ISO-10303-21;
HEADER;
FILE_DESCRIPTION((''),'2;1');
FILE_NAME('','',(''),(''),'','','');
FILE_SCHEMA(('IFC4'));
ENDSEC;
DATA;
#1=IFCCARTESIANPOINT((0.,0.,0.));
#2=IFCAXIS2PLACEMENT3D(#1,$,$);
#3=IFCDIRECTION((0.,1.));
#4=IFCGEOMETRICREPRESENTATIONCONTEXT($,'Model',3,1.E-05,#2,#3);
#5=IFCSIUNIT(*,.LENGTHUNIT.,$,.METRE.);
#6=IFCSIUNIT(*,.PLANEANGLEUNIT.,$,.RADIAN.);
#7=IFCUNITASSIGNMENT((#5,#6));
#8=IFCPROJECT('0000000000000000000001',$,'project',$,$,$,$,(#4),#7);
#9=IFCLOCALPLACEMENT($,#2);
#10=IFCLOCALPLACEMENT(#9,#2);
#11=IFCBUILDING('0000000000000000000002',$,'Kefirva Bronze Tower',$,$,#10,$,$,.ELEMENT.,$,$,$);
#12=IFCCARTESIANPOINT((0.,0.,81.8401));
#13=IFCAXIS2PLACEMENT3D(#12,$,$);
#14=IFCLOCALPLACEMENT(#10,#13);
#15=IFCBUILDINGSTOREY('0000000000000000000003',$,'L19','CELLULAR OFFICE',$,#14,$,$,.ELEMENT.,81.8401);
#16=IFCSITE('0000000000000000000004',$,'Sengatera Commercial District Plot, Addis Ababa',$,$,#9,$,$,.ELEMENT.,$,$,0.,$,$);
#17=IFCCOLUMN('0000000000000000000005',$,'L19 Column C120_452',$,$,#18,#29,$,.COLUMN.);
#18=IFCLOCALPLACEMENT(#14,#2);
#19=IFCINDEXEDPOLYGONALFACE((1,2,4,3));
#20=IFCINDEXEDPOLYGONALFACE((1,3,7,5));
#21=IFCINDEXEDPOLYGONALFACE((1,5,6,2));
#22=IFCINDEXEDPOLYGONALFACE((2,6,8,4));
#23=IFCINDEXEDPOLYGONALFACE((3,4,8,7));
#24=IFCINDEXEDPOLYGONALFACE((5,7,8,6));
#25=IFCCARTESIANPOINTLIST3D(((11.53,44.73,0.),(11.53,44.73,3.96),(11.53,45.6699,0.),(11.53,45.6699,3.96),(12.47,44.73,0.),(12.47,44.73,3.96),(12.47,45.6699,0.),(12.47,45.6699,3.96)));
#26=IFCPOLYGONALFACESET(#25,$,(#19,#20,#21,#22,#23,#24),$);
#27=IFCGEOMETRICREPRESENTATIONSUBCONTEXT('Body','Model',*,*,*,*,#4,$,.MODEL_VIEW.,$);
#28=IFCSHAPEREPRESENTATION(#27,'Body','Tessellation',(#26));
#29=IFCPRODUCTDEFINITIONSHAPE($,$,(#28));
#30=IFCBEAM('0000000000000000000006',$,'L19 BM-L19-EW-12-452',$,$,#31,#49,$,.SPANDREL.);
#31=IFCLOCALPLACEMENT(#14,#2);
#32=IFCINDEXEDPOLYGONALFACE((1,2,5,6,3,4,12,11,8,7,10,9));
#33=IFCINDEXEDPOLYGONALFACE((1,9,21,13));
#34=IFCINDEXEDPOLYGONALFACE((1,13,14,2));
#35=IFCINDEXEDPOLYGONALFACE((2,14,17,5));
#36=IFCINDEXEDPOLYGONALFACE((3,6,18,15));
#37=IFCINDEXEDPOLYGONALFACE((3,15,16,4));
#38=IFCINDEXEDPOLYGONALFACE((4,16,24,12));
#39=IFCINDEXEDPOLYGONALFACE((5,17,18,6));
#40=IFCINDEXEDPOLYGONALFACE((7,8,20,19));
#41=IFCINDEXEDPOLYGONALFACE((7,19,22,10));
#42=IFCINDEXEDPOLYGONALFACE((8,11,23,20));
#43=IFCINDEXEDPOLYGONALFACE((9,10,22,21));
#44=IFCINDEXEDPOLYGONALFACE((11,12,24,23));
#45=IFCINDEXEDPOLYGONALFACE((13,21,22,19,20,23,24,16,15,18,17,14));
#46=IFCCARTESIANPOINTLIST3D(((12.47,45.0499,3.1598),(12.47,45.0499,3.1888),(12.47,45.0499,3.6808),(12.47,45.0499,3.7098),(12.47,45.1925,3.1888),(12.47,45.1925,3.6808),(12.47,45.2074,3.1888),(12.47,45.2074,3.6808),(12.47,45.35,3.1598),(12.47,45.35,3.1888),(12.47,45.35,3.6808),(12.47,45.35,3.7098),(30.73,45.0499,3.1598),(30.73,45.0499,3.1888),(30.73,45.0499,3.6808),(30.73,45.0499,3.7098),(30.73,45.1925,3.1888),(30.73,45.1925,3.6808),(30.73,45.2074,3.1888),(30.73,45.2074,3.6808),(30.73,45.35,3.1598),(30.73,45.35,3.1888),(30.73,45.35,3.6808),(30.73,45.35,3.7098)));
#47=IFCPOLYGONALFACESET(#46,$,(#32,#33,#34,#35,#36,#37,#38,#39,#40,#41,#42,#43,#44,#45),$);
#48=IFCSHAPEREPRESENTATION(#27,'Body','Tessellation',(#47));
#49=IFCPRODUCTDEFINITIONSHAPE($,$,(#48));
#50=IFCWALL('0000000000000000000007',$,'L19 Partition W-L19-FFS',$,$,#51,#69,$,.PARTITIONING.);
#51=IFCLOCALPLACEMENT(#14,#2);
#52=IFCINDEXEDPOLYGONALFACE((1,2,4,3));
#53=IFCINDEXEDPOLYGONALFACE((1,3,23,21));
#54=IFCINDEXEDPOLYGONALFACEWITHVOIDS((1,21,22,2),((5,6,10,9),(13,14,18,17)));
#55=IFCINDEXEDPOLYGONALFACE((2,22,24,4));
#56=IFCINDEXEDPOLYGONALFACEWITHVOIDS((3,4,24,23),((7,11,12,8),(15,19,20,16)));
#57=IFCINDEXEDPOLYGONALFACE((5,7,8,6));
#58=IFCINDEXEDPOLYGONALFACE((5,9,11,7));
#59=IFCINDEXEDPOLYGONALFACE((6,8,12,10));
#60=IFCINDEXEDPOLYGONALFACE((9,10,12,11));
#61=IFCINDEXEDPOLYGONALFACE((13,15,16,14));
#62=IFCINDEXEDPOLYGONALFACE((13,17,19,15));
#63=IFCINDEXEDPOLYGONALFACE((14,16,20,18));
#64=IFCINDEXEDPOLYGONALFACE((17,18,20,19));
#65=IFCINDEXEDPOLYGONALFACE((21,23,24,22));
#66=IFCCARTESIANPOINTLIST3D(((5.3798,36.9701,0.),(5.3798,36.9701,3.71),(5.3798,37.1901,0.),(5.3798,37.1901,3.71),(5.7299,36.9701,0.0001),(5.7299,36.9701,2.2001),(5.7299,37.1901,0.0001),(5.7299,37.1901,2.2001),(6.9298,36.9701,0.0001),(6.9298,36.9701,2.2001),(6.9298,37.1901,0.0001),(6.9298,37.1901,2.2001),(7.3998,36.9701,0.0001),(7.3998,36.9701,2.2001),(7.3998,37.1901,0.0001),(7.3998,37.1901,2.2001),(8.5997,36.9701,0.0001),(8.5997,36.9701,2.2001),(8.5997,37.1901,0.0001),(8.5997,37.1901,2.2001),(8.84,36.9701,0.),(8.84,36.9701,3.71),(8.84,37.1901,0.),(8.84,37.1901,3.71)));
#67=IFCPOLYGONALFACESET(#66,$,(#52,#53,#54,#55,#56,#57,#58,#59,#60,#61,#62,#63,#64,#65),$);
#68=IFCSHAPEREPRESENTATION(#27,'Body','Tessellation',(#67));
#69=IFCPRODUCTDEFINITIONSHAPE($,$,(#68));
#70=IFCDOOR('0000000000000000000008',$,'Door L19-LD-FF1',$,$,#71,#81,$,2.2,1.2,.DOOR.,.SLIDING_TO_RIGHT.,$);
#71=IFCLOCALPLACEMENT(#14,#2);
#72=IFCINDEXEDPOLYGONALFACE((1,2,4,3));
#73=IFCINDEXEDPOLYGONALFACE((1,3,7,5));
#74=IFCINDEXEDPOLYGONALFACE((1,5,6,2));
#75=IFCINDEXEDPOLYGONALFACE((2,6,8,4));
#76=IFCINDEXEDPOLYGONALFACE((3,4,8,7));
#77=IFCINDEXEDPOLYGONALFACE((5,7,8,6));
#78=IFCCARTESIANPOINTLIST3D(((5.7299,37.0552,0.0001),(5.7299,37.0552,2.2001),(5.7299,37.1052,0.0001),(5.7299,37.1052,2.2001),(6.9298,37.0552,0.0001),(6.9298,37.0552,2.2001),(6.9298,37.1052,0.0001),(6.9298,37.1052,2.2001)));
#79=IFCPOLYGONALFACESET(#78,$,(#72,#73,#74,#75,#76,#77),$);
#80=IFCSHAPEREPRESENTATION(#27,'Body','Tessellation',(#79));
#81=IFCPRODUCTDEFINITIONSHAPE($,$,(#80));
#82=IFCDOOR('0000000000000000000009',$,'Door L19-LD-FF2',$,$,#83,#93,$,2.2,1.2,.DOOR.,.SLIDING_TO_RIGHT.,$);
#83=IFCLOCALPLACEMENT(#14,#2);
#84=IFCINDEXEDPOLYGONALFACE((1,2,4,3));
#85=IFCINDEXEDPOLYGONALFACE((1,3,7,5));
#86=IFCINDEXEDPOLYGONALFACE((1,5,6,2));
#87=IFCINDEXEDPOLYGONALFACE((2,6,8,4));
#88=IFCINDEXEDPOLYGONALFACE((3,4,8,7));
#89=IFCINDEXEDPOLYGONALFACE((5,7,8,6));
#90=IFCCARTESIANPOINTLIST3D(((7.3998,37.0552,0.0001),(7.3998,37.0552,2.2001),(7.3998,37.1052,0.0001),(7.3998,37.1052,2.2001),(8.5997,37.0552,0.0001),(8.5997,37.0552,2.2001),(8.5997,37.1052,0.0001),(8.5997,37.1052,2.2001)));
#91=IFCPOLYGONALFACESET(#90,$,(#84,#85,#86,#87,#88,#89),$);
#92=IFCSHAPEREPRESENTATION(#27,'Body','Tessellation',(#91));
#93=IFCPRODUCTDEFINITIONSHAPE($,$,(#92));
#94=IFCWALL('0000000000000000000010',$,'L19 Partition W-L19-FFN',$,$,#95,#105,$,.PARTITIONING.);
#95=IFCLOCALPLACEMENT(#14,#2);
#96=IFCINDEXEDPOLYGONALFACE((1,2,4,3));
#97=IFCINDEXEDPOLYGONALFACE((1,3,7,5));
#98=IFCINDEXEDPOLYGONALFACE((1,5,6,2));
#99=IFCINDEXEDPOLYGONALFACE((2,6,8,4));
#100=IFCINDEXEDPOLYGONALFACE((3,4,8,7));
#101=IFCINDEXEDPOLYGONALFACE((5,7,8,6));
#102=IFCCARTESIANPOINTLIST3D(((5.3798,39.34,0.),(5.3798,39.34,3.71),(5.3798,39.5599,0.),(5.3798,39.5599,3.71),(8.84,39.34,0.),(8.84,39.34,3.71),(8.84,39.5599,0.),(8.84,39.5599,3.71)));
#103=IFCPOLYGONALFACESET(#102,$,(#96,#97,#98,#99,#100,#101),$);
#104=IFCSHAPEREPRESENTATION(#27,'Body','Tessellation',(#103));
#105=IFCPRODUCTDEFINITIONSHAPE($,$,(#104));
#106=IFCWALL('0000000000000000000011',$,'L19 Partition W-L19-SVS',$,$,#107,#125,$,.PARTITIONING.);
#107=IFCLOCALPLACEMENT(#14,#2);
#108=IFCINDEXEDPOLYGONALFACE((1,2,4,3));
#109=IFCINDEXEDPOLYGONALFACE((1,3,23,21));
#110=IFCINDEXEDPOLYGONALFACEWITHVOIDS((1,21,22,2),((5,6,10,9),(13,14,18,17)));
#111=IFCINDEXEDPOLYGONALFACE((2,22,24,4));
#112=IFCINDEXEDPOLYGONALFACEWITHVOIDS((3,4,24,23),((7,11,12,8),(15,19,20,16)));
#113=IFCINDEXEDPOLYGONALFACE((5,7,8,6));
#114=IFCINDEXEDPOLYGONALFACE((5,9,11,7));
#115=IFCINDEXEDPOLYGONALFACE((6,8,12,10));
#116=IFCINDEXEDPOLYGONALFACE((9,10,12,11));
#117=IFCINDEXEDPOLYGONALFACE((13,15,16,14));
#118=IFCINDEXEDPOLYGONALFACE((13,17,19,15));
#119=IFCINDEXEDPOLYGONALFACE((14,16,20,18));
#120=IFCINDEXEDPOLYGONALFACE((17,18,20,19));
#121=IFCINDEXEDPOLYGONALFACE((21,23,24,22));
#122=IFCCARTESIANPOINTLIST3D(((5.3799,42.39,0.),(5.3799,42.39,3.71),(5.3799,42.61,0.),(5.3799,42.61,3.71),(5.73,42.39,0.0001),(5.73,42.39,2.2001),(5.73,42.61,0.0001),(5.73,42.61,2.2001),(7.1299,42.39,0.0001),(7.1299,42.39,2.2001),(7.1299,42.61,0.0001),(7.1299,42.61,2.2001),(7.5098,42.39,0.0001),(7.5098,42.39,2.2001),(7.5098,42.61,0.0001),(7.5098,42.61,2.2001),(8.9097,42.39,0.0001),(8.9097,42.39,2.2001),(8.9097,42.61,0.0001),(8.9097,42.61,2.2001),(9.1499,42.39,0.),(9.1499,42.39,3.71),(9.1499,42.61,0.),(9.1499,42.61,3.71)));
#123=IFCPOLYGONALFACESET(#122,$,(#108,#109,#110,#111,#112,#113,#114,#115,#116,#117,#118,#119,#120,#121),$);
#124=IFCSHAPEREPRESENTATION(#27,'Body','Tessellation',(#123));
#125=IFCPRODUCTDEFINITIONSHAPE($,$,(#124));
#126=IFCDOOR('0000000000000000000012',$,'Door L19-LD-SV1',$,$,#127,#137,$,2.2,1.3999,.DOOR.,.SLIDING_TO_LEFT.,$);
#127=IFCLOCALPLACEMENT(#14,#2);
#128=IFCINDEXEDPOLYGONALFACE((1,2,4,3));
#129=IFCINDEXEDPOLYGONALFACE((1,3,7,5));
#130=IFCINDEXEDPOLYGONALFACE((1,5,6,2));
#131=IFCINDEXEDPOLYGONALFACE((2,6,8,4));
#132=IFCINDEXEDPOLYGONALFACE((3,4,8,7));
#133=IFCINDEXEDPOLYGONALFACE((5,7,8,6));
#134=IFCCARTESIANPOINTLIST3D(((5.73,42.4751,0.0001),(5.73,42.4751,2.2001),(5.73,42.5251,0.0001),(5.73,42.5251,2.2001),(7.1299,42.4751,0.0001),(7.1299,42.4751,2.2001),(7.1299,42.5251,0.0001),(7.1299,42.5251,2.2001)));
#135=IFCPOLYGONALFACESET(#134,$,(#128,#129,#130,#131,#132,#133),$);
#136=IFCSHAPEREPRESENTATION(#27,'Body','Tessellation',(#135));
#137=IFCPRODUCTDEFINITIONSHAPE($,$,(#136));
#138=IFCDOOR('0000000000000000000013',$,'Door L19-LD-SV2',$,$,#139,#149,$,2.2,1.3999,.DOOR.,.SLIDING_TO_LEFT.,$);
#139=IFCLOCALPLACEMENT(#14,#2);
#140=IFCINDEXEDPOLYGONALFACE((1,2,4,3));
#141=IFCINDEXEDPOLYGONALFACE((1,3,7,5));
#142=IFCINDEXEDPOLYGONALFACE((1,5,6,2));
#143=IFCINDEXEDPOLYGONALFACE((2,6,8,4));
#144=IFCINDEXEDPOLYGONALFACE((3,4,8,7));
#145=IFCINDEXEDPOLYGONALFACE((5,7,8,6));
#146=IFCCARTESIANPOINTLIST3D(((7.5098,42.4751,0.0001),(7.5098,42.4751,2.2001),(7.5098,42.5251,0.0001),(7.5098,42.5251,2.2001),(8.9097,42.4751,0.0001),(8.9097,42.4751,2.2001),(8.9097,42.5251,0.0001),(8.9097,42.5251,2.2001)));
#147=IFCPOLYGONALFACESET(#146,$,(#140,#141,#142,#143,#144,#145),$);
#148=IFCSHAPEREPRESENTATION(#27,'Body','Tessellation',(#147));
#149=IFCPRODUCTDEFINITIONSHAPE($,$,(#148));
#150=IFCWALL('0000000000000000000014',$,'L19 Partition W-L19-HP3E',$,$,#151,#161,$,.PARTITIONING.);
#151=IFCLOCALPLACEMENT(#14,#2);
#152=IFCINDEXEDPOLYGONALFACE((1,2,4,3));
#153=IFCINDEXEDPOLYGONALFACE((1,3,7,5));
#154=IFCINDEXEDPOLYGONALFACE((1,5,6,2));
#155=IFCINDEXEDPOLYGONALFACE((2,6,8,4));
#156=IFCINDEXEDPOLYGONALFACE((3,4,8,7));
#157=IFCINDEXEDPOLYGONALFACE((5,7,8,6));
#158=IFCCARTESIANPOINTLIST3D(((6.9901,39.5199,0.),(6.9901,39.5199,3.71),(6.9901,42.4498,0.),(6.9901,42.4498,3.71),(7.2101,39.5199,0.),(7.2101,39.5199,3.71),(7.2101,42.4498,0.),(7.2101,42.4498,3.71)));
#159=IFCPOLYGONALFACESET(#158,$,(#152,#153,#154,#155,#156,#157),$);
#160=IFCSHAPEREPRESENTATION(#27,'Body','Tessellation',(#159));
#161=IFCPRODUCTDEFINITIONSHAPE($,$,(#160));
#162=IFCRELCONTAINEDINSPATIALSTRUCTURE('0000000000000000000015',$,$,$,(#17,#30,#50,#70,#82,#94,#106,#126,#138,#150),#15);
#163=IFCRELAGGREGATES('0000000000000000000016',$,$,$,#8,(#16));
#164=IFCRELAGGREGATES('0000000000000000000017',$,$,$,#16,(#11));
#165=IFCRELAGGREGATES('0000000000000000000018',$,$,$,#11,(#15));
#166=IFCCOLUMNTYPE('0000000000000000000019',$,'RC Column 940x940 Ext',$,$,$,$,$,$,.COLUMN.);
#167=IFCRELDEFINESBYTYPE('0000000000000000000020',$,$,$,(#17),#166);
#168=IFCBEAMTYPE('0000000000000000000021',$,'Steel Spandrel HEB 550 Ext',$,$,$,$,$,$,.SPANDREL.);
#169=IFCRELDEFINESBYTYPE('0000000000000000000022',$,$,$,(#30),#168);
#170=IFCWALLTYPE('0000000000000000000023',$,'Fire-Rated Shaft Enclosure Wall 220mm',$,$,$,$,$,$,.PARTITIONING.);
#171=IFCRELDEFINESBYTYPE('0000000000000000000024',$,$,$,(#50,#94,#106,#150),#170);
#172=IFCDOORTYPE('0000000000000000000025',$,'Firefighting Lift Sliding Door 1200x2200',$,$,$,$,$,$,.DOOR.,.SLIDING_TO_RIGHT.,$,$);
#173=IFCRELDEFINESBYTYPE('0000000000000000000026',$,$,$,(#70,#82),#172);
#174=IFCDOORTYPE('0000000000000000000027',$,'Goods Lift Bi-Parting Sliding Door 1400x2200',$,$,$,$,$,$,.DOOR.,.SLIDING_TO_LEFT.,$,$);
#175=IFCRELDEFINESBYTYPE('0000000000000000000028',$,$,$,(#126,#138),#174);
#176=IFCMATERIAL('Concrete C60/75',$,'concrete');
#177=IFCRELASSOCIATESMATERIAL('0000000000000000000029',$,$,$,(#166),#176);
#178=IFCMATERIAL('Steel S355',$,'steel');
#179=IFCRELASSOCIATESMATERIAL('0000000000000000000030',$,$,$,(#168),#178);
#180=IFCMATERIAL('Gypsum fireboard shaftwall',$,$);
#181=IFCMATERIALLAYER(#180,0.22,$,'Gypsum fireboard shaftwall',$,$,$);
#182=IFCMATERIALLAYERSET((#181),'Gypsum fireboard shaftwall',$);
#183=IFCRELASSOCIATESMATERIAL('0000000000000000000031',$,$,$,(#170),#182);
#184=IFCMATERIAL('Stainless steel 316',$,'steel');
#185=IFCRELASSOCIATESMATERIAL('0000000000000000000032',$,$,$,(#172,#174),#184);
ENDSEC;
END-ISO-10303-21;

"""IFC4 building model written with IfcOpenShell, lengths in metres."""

from ifc_helpers import new_model, si_unit, direction, frame, frame_2d, origin, origin_2d, place, context, subcontext, project, spatial, rectangle, i_section, extrude, material, layer, layer_set, material_profile, profile_set, type_object, element, fill, save


model = new_model("IFC4")

# Units and contexts
model_context = context("Model", 3, precision=1e-05, world=origin(), true_north=direction((0.0, 1.0)))
body_context = subcontext(model_context, "Body", "Model", "MODEL_VIEW")
ifc_project = project(units=[si_unit("LENGTHUNIT", "METRE"), si_unit("PLANEANGLEUNIT", "RADIAN")], contexts=[model_context])

# Site, building, storey
site_placement = place(None, origin())
site = spatial("IfcSite", under=ifc_project, at=site_placement, Name="Sengatera Commercial District Plot, Addis Ababa", CompositionType="ELEMENT", RefElevation=0.0)
building_placement = place(site_placement, origin())
building = spatial("IfcBuilding", under=site, at=building_placement, Name="Kefirva Bronze Tower", CompositionType="ELEMENT")
storey_placement = place(building_placement, frame((0.0, 0.0, 81.8401)))
storey = spatial("IfcBuildingStorey", under=building, at=storey_placement, Name="L19", Description="CELLULAR OFFICE", CompositionType="ELEMENT", Elevation=81.8401)

# Column
ifc_material_1 = material(Name="Concrete C60/75", Category="concrete")
ifc_material_profile_1 = material_profile(ifc_material_1, rectangle(XDim=0.9399, YDim=0.9399, at=origin_2d()), Name="RC 940x940")
ifc_profile_set_1 = profile_set([ifc_material_profile_1], Name="Concrete C60/75")
column_type = type_object("IfcColumnType", Name="RC Column 940x940 Ext", PredefinedType="COLUMN", material=ifc_profile_set_1)
column_placement = place(storey_placement, frame((12.0, 45.2, 0.0), z_axis=(0.0, 0.0, 1.0), x_axis=(1.0, 0.0, 0.0)))
element("IfcColumn", 1, at=column_placement, inside=storey, type_object=column_type, Name="L19 Column C120_452", PredefinedType="COLUMN", context=body_context, shape_type="SweptSolid", body=[
    extrude(rectangle(XDim=0.9399, YDim=0.9399, at=origin_2d()), origin(), (0.0, 0.0, 1.0), 3.96),
])

# Beam
ifc_material_2 = material(Name="Steel S355", Category="steel")
ifc_material_profile_2 = material_profile(ifc_material_2, i_section(OverallWidth=0.3, OverallDepth=0.55, WebThickness=0.0149, FlangeThickness=0.0291, at=origin_2d()), Name="HEB 550")
ifc_profile_set_2 = profile_set([ifc_material_profile_2], Name="Steel S355")
beam_type = type_object("IfcBeamType", Name="Steel Spandrel HEB 550 Ext", PredefinedType="SPANDREL", material=ifc_profile_set_2)
beam_placement = place(storey_placement, frame((12.47, 45.2, 3.4348), z_axis=(1.0, 0.0, 0.0), x_axis=(0.0, 1.0, 0.0)))
element("IfcBeam", 2, at=beam_placement, inside=storey, type_object=beam_type, Name="L19 BM-L19-EW-12-452", PredefinedType="SPANDREL", context=body_context, shape_type="SweptSolid", body=[
    extrude(i_section(OverallWidth=0.3, OverallDepth=0.55, WebThickness=0.0149, FlangeThickness=0.0291, at=origin_2d()), origin(), (0.0, 0.0, 1.0), 18.26),
])

# Wall, openings, doors
ifc_material_3 = material(Name="Gypsum fireboard shaftwall")
ifc_layer_1 = layer(ifc_material_3, 0.22, Name="Gypsum fireboard shaftwall")
ifc_layer_set_1 = layer_set([ifc_layer_1], Name="Gypsum fireboard shaftwall")
wall_type_1 = type_object("IfcWallType", Name="Fire-Rated Shaft Enclosure Wall 220mm", PredefinedType="PARTITIONING", material=ifc_layer_set_1)
wall_1_placement = place(storey_placement, frame((5.3799, 37.0801, 0.0), z_axis=(0.0, 0.0, 1.0), x_axis=(1.0, 0.0, 0.0)))
wall_1 = element("IfcWall", 3, at=wall_1_placement, inside=storey, type_object=wall_type_1, Name="L19 Partition W-L19-FFS", PredefinedType="PARTITIONING", context=body_context, shape_type="SweptSolid", body=[
    extrude(rectangle(XDim=3.4602, YDim=0.22, at=frame_2d((1.73, 0.0))), origin(), (0.0, 0.0, 1.0), 3.71),
])
opening_1_placement = place(wall_1_placement, frame((1.55, 0.0, 0.0), z_axis=(0.0, 0.0, 1.0), x_axis=(-1.0, 0.0, 0.0)))
opening_1 = element("IfcOpeningElement", 4, at=opening_1_placement, cuts=wall_1, PredefinedType="OPENING", context=body_context, shape_type="SweptSolid", body=[
    extrude(rectangle(XDim=1.2, YDim=2.2, at=frame_2d((0.6001, 1.1001))), frame((0.0, 0.1201, 0.0), z_axis=(0.0, -1.0, 0.0), x_axis=(1.0, 0.0, 0.0)), (0.0, 0.0, 1.0), 0.24),
])
opening_2_placement = place(wall_1_placement, frame((3.22, 0.0, 0.0), z_axis=(0.0, 0.0, 1.0), x_axis=(-1.0, 0.0, 0.0)))
opening_2 = element("IfcOpeningElement", 5, at=opening_2_placement, cuts=wall_1, PredefinedType="OPENING", context=body_context, shape_type="SweptSolid", body=[
    extrude(rectangle(XDim=1.2, YDim=2.2, at=frame_2d((0.6001, 1.1001))), frame((0.0, 0.1201, 0.0), z_axis=(0.0, -1.0, 0.0), x_axis=(1.0, 0.0, 0.0)), (0.0, 0.0, 1.0), 0.24),
])
ifc_material_4 = material(Name="Stainless steel 316", Category="steel")
door_type_1 = type_object("IfcDoorType", Name="Firefighting Lift Sliding Door 1200x2200", OperationType="SLIDING_TO_RIGHT", PredefinedType="DOOR", material=ifc_material_4)
door_1_placement = place(opening_1_placement, origin())
door_1 = element("IfcDoor", 6, at=door_1_placement, inside=storey, type_object=door_type_1, Name="Door L19-LD-FF1", OperationType="SLIDING_TO_RIGHT", OverallHeight=2.2, OverallWidth=1.2, PredefinedType="DOOR", context=body_context, shape_type="SweptSolid", body=[
    extrude(rectangle(XDim=1.2, YDim=2.2, at=frame_2d((0.6001, 1.1001))), frame((0.0, 0.0249, 0.0), z_axis=(0.0, -1.0, 0.0), x_axis=(1.0, 0.0, 0.0)), (0.0, 0.0, 1.0), 0.05),
])
fill(opening_1, door_1)
door_2_placement = place(opening_2_placement, origin())
door_2 = element("IfcDoor", 7, at=door_2_placement, inside=storey, type_object=door_type_1, Name="Door L19-LD-FF2", OperationType="SLIDING_TO_RIGHT", OverallHeight=2.2, OverallWidth=1.2, PredefinedType="DOOR", context=body_context, shape_type="SweptSolid", body=[
    extrude(rectangle(XDim=1.2, YDim=2.2, at=frame_2d((0.6001, 1.1001))), frame((0.0, 0.0249, 0.0), z_axis=(0.0, -1.0, 0.0), x_axis=(1.0, 0.0, 0.0)), (0.0, 0.0, 1.0), 0.05),
])
fill(opening_2, door_2)

# Wall
wall_2_placement = place(storey_placement, frame((5.3799, 39.45, 0.0), z_axis=(0.0, 0.0, 1.0), x_axis=(1.0, 0.0, 0.0)))
element("IfcWall", 8, at=wall_2_placement, inside=storey, type_object=wall_type_1, Name="L19 Partition W-L19-FFN", PredefinedType="PARTITIONING", context=body_context, shape_type="SweptSolid", body=[
    extrude(rectangle(XDim=3.4602, YDim=0.22, at=frame_2d((1.73, 0.0))), origin(), (0.0, 0.0, 1.0), 3.71),
])

# Wall, openings, doors
wall_3_placement = place(storey_placement, frame((5.3799, 42.5, 0.0), z_axis=(0.0, 0.0, 1.0), x_axis=(1.0, 0.0, 0.0)))
wall_3 = element("IfcWall", 9, at=wall_3_placement, inside=storey, type_object=wall_type_1, Name="L19 Partition W-L19-SVS", PredefinedType="PARTITIONING", context=body_context, shape_type="SweptSolid", body=[
    extrude(rectangle(XDim=3.77, YDim=0.22, at=frame_2d((1.885, 0.0))), origin(), (0.0, 0.0, 1.0), 3.71),
])
opening_3_placement = place(wall_3_placement, frame((1.75, 0.0, 0.0), z_axis=(0.0, 0.0, 1.0), x_axis=(-1.0, 0.0, 0.0)))
opening_3 = element("IfcOpeningElement", 10, at=opening_3_placement, cuts=wall_3, PredefinedType="OPENING", context=body_context, shape_type="SweptSolid", body=[
    extrude(rectangle(XDim=1.3999, YDim=2.2, at=frame_2d((0.7, 1.1001))), frame((0.0, 0.1201, 0.0), z_axis=(0.0, -1.0, 0.0), x_axis=(1.0, 0.0, 0.0)), (0.0, 0.0, 1.0), 0.24),
])
opening_4_placement = place(wall_3_placement, frame((3.5298, 0.0, 0.0), z_axis=(0.0, 0.0, 1.0), x_axis=(-1.0, 0.0, 0.0)))
opening_4 = element("IfcOpeningElement", 11, at=opening_4_placement, cuts=wall_3, PredefinedType="OPENING", context=body_context, shape_type="SweptSolid", body=[
    extrude(rectangle(XDim=1.3999, YDim=2.2, at=frame_2d((0.7, 1.1001))), frame((0.0, 0.1201, 0.0), z_axis=(0.0, -1.0, 0.0), x_axis=(1.0, 0.0, 0.0)), (0.0, 0.0, 1.0), 0.24),
])
door_type_2 = type_object("IfcDoorType", Name="Goods Lift Bi-Parting Sliding Door 1400x2200", OperationType="SLIDING_TO_LEFT", PredefinedType="DOOR", material=ifc_material_4)
door_3_placement = place(opening_3_placement, origin())
door_3 = element("IfcDoor", 12, at=door_3_placement, inside=storey, type_object=door_type_2, Name="Door L19-LD-SV1", OperationType="SLIDING_TO_LEFT", OverallHeight=2.2, OverallWidth=1.3999, PredefinedType="DOOR", context=body_context, shape_type="SweptSolid", body=[
    extrude(rectangle(XDim=1.3999, YDim=2.2, at=frame_2d((0.7, 1.1001))), frame((0.0, 0.0249, 0.0), z_axis=(0.0, -1.0, 0.0), x_axis=(1.0, 0.0, 0.0)), (0.0, 0.0, 1.0), 0.05),
])
fill(opening_3, door_3)
door_4_placement = place(opening_4_placement, origin())
door_4 = element("IfcDoor", 13, at=door_4_placement, inside=storey, type_object=door_type_2, Name="Door L19-LD-SV2", OperationType="SLIDING_TO_LEFT", OverallHeight=2.2, OverallWidth=1.3999, PredefinedType="DOOR", context=body_context, shape_type="SweptSolid", body=[
    extrude(rectangle(XDim=1.3999, YDim=2.2, at=frame_2d((0.7, 1.1001))), frame((0.0, 0.0249, 0.0), z_axis=(0.0, -1.0, 0.0), x_axis=(1.0, 0.0, 0.0)), (0.0, 0.0, 1.0), 0.05),
])
fill(opening_4, door_4)

# Wall
wall_4_placement = place(storey_placement, frame((7.1001, 39.52, 0.0), z_axis=(0.0, 0.0, 1.0), x_axis=(0.0, 1.0, 0.0)))
element("IfcWall", 14, at=wall_4_placement, inside=storey, type_object=wall_type_1, Name="L19 Partition W-L19-HP3E", PredefinedType="PARTITIONING", context=body_context, shape_type="SweptSolid", body=[
    extrude(rectangle(XDim=2.9299, YDim=0.22, at=frame_2d((1.4648, 0.0))), origin(), (0.0, 0.0, 1.0), 3.71),
])

save(model, "model.ifc")
